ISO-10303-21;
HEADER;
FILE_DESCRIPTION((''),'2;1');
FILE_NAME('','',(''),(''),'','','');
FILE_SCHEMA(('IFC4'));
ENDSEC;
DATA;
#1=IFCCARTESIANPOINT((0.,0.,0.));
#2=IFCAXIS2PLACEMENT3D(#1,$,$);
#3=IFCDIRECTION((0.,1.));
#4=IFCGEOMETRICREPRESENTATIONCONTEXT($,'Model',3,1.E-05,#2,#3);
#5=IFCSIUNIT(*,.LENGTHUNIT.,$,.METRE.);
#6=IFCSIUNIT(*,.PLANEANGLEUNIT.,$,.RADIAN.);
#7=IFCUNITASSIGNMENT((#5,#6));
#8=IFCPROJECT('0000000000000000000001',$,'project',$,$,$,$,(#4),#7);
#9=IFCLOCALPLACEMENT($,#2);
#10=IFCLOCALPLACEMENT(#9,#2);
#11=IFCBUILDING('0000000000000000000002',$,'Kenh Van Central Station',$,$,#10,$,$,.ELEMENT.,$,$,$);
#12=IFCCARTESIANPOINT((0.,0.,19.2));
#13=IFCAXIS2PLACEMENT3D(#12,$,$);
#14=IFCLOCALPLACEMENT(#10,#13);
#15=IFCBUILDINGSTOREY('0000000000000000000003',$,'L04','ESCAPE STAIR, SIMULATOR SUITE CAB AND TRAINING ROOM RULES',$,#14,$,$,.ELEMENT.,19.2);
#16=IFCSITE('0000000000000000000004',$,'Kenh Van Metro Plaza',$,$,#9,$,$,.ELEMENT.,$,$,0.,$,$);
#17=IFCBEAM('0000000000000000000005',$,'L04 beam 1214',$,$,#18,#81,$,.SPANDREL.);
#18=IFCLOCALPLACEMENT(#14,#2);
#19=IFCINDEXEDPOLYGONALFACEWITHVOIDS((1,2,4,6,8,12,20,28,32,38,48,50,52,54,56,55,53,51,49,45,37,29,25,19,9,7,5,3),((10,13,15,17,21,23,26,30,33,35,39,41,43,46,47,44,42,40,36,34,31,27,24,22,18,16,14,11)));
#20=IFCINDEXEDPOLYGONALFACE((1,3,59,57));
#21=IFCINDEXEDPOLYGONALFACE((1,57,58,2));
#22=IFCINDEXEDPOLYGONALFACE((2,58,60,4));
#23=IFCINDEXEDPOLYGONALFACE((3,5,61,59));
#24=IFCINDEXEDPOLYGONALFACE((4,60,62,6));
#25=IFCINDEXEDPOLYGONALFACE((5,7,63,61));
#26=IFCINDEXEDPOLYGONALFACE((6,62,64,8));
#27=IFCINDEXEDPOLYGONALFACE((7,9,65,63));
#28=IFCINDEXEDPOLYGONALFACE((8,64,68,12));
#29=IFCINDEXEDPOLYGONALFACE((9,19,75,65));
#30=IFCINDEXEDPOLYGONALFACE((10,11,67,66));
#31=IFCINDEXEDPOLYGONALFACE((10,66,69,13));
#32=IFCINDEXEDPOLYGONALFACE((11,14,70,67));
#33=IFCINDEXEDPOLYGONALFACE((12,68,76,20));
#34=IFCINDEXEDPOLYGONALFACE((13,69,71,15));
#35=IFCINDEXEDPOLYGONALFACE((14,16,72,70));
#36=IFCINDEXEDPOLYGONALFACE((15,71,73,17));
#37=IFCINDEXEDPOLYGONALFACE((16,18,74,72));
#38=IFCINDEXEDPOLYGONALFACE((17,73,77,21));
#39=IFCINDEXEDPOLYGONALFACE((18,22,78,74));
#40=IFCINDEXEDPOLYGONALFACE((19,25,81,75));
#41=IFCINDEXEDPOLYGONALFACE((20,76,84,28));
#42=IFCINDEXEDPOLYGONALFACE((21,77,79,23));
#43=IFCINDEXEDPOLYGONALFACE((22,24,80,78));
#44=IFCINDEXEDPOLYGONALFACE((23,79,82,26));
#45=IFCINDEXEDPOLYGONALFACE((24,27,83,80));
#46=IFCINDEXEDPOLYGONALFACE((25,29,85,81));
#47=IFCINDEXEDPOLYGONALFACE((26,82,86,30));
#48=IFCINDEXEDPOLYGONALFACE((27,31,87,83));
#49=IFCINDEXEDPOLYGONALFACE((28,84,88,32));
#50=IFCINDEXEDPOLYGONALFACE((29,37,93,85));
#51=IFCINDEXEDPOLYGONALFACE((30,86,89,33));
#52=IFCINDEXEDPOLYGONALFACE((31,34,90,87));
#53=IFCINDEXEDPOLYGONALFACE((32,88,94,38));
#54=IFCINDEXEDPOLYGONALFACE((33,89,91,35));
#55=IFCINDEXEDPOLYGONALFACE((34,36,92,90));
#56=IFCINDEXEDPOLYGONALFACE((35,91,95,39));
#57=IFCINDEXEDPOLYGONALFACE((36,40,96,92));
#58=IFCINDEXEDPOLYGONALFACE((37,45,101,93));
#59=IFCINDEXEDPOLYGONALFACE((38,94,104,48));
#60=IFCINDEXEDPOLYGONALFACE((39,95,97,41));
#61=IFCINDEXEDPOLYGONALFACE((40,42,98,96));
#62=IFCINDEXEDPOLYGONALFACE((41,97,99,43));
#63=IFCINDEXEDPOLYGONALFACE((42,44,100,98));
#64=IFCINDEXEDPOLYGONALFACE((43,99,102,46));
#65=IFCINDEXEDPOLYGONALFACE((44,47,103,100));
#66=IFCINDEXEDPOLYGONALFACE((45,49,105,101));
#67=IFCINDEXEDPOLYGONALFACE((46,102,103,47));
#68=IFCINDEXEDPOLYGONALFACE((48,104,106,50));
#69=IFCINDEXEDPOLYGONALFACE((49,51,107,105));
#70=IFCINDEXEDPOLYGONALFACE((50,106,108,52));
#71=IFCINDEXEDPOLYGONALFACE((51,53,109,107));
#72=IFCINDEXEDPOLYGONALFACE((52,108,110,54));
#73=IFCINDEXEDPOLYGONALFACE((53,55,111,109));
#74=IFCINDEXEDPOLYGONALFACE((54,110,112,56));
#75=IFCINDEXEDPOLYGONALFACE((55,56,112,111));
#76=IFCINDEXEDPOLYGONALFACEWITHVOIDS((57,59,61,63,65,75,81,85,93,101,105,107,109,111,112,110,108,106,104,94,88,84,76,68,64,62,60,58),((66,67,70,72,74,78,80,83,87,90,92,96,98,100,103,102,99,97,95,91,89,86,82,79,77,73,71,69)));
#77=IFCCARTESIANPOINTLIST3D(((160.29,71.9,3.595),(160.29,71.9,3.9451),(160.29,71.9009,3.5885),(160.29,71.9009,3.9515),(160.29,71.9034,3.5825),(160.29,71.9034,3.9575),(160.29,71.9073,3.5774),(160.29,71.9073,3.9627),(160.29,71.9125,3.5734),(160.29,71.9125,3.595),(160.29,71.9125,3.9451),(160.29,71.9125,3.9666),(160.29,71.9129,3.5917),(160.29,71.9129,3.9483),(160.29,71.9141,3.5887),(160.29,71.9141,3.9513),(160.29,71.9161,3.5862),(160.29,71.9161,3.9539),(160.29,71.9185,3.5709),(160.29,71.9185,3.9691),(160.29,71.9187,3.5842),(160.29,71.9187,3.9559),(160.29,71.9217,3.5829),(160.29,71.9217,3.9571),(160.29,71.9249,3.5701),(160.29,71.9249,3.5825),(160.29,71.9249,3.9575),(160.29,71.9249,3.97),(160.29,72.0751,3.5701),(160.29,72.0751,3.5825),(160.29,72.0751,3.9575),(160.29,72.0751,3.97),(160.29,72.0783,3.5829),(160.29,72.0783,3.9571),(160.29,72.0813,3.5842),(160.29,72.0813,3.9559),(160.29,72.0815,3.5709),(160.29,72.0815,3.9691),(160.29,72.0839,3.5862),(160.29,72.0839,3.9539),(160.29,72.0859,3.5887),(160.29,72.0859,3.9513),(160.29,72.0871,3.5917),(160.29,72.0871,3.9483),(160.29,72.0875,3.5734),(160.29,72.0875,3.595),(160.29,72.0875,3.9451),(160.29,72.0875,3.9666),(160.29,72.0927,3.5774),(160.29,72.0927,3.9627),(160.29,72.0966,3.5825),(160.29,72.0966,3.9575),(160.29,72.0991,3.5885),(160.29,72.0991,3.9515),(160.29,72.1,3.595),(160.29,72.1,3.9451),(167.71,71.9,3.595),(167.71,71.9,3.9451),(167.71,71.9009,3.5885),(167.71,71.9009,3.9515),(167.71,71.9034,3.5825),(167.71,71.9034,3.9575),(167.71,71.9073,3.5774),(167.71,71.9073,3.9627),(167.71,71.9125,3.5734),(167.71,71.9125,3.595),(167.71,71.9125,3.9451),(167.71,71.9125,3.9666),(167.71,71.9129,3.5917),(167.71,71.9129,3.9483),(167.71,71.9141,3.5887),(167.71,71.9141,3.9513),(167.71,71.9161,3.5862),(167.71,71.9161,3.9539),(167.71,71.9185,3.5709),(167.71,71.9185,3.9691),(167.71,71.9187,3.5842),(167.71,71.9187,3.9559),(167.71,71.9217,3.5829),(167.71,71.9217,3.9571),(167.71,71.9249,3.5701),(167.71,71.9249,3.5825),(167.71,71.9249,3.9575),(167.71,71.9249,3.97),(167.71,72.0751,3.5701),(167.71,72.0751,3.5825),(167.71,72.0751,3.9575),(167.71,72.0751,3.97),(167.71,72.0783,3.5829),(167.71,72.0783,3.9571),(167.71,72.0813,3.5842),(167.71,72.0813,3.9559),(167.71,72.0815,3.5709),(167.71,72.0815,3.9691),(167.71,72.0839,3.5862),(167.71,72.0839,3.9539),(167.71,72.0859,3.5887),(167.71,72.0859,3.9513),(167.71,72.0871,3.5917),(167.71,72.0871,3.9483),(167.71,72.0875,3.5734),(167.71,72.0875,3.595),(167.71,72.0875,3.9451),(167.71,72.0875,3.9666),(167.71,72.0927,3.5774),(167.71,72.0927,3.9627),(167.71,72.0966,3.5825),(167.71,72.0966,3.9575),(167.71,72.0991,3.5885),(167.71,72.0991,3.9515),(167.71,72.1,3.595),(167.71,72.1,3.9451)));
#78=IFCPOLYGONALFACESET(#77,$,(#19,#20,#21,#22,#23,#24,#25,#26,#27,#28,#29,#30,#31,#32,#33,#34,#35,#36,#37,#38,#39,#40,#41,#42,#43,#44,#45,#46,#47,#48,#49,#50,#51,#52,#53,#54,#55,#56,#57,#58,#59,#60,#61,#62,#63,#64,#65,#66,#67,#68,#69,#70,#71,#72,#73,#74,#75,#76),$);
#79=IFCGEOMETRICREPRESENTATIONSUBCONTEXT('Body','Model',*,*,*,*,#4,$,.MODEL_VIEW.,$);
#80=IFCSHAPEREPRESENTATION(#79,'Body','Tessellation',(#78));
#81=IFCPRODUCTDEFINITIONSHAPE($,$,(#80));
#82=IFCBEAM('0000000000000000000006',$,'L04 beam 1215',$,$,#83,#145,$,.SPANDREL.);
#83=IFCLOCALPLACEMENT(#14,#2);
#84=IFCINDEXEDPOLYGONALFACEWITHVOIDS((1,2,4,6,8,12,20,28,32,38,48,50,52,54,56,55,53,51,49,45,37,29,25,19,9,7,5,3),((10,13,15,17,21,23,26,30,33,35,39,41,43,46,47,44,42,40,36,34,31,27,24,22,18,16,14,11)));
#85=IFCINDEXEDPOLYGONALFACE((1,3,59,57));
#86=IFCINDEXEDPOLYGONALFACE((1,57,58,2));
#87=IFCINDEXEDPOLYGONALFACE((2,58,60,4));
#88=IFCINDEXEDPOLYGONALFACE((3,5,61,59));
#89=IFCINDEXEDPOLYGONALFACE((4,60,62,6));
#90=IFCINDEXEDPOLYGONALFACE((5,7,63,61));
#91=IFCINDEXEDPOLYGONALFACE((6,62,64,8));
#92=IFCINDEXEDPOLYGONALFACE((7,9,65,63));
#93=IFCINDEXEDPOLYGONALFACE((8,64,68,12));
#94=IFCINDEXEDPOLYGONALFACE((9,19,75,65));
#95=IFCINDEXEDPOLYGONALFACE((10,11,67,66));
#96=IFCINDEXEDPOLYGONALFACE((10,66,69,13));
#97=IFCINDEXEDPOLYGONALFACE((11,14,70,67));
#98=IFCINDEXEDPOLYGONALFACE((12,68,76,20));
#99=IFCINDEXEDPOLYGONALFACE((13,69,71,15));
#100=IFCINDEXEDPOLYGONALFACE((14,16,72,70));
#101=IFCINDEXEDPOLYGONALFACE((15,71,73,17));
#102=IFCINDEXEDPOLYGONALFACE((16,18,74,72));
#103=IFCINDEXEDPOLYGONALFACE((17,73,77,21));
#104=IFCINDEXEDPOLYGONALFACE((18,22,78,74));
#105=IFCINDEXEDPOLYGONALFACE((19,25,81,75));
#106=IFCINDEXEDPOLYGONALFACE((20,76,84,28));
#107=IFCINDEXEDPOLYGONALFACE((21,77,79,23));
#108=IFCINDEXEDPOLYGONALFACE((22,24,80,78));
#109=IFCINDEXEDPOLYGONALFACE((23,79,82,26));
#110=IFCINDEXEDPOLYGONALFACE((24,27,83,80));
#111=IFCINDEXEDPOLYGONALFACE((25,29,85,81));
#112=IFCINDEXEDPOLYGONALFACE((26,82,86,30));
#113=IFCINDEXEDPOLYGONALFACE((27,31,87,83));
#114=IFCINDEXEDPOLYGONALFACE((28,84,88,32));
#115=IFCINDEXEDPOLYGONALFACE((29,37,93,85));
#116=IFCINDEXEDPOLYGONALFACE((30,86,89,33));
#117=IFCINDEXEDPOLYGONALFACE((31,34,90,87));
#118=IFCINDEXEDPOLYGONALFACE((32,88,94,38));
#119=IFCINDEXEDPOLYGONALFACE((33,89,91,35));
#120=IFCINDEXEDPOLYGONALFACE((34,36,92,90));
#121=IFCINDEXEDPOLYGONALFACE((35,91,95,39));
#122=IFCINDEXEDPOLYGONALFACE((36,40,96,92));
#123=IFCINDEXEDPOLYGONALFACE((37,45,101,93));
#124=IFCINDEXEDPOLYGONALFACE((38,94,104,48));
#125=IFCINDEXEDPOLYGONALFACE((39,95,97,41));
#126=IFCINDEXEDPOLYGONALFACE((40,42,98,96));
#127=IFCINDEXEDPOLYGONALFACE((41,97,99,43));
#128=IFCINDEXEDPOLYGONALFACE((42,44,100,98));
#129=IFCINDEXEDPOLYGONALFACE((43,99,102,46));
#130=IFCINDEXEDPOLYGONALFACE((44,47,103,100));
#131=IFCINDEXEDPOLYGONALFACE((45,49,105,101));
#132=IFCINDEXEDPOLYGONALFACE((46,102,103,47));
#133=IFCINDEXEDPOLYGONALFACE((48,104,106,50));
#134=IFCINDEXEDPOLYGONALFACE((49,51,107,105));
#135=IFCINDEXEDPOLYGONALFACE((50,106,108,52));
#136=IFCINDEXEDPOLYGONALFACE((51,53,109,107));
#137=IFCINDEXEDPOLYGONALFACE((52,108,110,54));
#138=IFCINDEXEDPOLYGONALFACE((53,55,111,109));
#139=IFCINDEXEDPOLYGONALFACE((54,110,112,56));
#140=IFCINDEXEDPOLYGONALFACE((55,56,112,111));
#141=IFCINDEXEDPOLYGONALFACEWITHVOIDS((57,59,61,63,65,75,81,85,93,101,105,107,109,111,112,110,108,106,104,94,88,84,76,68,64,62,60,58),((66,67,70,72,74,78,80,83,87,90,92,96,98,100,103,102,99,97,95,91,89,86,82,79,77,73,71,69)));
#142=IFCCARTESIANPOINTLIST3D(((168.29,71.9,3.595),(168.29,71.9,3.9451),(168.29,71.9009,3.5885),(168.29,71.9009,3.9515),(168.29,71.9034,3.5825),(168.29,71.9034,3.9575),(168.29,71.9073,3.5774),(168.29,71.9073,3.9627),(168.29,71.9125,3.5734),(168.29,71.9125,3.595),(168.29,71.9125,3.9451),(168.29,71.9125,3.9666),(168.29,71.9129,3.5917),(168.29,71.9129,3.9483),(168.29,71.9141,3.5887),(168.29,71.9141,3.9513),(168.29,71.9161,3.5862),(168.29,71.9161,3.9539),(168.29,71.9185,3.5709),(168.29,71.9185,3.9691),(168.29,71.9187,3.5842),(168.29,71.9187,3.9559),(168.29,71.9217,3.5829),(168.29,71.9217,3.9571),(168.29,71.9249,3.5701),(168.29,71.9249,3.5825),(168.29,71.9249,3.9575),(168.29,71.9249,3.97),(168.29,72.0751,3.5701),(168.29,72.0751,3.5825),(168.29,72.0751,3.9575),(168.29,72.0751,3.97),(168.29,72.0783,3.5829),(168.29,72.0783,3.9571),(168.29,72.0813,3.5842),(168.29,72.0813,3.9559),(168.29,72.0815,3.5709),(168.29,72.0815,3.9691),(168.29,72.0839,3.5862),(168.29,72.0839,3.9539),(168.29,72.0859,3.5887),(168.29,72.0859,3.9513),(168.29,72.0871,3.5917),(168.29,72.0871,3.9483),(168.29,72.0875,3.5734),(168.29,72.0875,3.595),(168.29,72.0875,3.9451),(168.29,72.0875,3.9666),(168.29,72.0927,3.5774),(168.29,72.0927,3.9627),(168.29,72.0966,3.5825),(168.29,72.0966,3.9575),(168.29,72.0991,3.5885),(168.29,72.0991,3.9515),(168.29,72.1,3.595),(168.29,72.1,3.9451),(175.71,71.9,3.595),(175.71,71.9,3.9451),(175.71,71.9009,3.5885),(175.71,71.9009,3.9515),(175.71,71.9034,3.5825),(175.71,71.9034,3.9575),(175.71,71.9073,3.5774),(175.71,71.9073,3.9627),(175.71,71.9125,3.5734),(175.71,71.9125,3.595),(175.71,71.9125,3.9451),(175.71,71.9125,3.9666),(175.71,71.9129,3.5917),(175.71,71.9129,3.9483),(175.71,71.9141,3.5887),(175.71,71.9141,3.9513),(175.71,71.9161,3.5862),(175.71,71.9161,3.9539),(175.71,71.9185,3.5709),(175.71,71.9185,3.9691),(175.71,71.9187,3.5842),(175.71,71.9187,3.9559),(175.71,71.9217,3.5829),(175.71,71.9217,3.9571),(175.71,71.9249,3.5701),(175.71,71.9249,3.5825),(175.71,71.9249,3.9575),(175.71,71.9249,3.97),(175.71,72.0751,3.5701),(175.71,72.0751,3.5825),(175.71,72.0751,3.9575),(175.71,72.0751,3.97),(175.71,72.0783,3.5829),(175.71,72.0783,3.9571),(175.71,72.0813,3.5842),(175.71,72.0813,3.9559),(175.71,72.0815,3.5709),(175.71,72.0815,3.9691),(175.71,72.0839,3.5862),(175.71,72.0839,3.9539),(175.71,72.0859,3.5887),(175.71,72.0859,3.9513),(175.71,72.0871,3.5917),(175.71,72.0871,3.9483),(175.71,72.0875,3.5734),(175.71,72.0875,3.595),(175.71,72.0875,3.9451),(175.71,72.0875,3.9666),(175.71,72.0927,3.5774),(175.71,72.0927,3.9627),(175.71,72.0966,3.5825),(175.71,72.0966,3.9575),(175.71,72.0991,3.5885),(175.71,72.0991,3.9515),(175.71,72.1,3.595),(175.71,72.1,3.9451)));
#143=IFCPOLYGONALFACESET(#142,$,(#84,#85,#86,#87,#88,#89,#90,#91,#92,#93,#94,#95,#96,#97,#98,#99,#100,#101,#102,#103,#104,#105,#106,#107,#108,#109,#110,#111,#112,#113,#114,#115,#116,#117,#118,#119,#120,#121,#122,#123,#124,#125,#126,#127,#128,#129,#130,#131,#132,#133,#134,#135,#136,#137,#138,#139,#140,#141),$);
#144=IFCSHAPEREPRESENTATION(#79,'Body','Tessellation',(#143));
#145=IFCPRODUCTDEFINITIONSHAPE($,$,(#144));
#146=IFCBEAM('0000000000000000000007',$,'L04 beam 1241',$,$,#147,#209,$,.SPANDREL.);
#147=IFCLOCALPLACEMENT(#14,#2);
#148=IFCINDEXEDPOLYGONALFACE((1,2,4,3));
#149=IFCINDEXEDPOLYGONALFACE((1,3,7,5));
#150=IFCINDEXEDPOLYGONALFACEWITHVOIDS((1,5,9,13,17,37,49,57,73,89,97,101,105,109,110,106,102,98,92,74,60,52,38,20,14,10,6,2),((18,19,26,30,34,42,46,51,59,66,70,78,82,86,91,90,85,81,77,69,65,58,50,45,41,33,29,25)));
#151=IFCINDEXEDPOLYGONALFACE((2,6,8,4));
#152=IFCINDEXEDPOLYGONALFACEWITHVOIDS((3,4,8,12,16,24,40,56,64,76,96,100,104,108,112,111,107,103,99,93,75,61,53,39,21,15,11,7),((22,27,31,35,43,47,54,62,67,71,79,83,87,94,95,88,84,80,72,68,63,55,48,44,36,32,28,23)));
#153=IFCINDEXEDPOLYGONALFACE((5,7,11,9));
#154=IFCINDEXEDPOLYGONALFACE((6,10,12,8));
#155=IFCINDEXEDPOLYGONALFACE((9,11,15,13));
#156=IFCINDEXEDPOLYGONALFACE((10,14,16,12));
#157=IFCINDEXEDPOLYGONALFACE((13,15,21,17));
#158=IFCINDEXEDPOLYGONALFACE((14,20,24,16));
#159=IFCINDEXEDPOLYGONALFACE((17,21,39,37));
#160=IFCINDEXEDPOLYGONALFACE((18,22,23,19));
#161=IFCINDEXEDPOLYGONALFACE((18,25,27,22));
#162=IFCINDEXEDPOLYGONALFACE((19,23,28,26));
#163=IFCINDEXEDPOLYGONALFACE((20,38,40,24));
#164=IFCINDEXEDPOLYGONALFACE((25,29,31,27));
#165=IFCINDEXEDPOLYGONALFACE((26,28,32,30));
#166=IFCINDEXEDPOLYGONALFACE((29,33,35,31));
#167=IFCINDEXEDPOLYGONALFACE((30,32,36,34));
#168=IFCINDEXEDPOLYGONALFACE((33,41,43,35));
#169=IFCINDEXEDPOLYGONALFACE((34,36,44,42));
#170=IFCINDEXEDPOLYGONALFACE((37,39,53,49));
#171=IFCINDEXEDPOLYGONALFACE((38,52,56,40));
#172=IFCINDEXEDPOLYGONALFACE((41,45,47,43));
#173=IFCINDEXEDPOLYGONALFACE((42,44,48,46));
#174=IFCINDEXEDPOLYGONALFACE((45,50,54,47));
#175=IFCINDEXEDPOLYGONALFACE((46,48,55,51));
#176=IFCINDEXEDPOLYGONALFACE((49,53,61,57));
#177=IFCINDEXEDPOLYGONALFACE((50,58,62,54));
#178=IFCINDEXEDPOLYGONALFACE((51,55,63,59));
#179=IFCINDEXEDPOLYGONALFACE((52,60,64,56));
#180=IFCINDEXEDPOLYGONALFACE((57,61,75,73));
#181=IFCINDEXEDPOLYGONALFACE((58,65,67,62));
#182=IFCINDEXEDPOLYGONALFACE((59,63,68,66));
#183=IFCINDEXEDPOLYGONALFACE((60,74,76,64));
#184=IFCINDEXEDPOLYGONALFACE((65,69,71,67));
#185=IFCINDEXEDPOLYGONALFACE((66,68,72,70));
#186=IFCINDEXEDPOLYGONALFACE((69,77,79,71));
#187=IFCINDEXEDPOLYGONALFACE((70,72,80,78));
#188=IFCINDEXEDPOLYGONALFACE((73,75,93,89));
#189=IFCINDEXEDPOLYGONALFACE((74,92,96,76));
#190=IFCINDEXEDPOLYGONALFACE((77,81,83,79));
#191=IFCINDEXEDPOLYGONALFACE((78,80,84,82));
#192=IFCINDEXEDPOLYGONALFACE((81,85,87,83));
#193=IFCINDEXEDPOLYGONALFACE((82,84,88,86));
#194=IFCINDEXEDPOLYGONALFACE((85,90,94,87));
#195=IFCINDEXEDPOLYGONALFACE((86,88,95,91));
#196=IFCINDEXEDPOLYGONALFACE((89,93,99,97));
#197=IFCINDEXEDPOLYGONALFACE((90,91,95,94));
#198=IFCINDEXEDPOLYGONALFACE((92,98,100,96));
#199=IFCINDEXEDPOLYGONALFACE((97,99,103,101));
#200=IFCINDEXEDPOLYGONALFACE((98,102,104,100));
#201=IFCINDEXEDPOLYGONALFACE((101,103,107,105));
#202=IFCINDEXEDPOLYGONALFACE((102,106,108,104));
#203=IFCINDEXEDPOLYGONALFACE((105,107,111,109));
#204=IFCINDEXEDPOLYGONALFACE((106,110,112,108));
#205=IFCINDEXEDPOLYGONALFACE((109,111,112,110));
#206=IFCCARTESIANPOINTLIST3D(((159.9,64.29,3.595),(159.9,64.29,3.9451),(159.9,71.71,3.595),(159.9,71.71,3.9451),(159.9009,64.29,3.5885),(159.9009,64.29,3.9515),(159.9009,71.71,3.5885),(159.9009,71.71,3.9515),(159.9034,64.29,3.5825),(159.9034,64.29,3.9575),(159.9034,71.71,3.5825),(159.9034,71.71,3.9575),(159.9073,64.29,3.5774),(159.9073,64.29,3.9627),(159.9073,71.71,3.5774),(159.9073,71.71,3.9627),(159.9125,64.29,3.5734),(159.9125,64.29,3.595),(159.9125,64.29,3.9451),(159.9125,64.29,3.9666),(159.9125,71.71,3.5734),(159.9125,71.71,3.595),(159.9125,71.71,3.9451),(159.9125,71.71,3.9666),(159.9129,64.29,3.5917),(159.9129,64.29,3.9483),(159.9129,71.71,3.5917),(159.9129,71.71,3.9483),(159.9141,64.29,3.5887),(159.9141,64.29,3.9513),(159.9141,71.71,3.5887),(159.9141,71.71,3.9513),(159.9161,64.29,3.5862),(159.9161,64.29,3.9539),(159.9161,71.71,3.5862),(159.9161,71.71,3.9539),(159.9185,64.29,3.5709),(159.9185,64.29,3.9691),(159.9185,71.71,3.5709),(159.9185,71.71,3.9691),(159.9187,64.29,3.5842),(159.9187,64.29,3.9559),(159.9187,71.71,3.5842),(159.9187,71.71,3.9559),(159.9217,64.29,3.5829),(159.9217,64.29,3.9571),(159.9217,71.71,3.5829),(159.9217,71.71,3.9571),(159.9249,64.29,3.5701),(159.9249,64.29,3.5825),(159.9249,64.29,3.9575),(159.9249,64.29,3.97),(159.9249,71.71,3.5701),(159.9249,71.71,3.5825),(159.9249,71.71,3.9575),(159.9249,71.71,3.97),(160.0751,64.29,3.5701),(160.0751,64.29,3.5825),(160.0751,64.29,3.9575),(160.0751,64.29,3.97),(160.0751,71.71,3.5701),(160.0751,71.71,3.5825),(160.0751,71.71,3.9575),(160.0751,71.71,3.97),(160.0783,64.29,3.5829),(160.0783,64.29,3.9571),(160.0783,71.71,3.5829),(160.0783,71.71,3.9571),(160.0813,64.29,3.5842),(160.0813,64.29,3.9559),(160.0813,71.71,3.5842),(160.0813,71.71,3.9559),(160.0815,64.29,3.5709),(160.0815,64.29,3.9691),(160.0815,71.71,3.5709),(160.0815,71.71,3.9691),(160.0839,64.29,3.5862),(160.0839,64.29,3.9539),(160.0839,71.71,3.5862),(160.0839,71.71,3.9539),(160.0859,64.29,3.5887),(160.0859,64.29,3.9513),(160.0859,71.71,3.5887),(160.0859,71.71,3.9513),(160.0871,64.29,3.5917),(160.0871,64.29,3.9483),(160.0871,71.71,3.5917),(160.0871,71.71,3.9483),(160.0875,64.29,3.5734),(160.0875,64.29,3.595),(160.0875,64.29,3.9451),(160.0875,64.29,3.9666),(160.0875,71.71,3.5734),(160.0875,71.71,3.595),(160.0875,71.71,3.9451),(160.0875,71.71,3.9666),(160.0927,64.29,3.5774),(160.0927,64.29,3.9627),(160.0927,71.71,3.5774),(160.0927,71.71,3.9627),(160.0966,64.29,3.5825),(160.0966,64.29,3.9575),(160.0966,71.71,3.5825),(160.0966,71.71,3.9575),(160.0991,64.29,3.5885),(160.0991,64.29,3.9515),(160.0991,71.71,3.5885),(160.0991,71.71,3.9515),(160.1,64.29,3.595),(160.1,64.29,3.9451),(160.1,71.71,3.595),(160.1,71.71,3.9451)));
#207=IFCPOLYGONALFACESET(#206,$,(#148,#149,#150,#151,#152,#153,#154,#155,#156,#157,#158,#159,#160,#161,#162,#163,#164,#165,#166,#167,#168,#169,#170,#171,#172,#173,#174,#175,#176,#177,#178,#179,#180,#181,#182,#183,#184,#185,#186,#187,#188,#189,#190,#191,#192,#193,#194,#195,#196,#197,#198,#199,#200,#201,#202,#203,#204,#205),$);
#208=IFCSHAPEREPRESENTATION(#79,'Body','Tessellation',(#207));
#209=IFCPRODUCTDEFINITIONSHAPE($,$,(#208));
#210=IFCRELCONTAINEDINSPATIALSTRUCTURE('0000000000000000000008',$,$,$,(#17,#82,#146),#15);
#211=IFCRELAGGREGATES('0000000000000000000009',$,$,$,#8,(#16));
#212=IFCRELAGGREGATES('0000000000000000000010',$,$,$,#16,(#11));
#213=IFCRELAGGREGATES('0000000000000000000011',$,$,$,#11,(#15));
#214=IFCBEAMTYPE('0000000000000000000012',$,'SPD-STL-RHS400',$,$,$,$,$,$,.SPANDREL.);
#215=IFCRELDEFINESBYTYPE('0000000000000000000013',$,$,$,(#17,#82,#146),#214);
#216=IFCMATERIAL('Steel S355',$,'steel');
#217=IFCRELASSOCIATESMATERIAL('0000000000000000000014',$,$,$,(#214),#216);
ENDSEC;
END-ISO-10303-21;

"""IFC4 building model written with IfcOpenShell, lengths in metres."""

from ifc_helpers import new_model, si_unit, direction, frame, origin, origin_2d, place, context, subcontext, project, spatial, hollow_rectangle, extrude, material, material_profile, profile_set, type_object, element, save


model = new_model("IFC4")

# Units and contexts
model_context = context("Model", 3, precision=1e-05, world=origin(), true_north=direction((0.0, 1.0)))
body_context = subcontext(model_context, "Body", "Model", "MODEL_VIEW")
ifc_project = project(units=[si_unit("LENGTHUNIT", "METRE"), si_unit("PLANEANGLEUNIT", "RADIAN")], contexts=[model_context])

# Site, building, storey
site_placement = place(None, origin())
site = spatial("IfcSite", under=ifc_project, at=site_placement, Name="Kenh Van Metro Plaza", CompositionType="ELEMENT", RefElevation=0.0)
building_placement = place(site_placement, origin())
building = spatial("IfcBuilding", under=site, at=building_placement, Name="Kenh Van Central Station", CompositionType="ELEMENT")
storey_placement = place(building_placement, frame((0.0, 0.0, 19.2)))
storey = spatial("IfcBuildingStorey", under=building, at=storey_placement, Name="L04", Description="ESCAPE STAIR, SIMULATOR SUITE CAB AND TRAINING ROOM RULES", CompositionType="ELEMENT", Elevation=19.2)

# Beams
ifc_material_1 = material(Name="Steel S355", Category="steel")
ifc_material_profile_1 = material_profile(ifc_material_1, hollow_rectangle(XDim=0.2, YDim=0.3999, WallThickness=0.0125, InnerFilletRadius=0.0125, OuterFilletRadius=0.0249, at=origin_2d()), Name="RHS 400x200x12.5")
ifc_profile_set_1 = profile_set([ifc_material_profile_1], Name="Steel S355")
beam_type_1 = type_object("IfcBeamType", Name="SPD-STL-RHS400", PredefinedType="SPANDREL", material=ifc_profile_set_1)
for number, where, z_axis, x_axis, name in (
    (1, (160.29, 72.0, 3.77), (1.0, 0.0, 0.0), (0.0, 1.0, 0.0), "L04 beam 1214"),
    (2, (168.29, 72.0, 3.77), (1.0, 0.0, 0.0), (0.0, 1.0, 0.0), "L04 beam 1215"),
    (3, (160.0, 64.29, 3.77), (0.0, 1.0, 0.0), (-1.0, 0.0, 0.0), "L04 beam 1241"),
):
    element("IfcBeam", number, at=place(storey_placement, frame(where, z_axis=z_axis, x_axis=x_axis)), inside=storey, type_object=beam_type_1, Name=name, PredefinedType="SPANDREL", context=body_context, shape_type="SweptSolid", body=[
        extrude(hollow_rectangle(XDim=0.2, YDim=0.3999, WallThickness=0.0125, InnerFilletRadius=0.0125, OuterFilletRadius=0.0249, at=origin_2d()), origin(), (0.0, 0.0, 1.0), 7.4199),
    ])

save(model, "model.ifc")
